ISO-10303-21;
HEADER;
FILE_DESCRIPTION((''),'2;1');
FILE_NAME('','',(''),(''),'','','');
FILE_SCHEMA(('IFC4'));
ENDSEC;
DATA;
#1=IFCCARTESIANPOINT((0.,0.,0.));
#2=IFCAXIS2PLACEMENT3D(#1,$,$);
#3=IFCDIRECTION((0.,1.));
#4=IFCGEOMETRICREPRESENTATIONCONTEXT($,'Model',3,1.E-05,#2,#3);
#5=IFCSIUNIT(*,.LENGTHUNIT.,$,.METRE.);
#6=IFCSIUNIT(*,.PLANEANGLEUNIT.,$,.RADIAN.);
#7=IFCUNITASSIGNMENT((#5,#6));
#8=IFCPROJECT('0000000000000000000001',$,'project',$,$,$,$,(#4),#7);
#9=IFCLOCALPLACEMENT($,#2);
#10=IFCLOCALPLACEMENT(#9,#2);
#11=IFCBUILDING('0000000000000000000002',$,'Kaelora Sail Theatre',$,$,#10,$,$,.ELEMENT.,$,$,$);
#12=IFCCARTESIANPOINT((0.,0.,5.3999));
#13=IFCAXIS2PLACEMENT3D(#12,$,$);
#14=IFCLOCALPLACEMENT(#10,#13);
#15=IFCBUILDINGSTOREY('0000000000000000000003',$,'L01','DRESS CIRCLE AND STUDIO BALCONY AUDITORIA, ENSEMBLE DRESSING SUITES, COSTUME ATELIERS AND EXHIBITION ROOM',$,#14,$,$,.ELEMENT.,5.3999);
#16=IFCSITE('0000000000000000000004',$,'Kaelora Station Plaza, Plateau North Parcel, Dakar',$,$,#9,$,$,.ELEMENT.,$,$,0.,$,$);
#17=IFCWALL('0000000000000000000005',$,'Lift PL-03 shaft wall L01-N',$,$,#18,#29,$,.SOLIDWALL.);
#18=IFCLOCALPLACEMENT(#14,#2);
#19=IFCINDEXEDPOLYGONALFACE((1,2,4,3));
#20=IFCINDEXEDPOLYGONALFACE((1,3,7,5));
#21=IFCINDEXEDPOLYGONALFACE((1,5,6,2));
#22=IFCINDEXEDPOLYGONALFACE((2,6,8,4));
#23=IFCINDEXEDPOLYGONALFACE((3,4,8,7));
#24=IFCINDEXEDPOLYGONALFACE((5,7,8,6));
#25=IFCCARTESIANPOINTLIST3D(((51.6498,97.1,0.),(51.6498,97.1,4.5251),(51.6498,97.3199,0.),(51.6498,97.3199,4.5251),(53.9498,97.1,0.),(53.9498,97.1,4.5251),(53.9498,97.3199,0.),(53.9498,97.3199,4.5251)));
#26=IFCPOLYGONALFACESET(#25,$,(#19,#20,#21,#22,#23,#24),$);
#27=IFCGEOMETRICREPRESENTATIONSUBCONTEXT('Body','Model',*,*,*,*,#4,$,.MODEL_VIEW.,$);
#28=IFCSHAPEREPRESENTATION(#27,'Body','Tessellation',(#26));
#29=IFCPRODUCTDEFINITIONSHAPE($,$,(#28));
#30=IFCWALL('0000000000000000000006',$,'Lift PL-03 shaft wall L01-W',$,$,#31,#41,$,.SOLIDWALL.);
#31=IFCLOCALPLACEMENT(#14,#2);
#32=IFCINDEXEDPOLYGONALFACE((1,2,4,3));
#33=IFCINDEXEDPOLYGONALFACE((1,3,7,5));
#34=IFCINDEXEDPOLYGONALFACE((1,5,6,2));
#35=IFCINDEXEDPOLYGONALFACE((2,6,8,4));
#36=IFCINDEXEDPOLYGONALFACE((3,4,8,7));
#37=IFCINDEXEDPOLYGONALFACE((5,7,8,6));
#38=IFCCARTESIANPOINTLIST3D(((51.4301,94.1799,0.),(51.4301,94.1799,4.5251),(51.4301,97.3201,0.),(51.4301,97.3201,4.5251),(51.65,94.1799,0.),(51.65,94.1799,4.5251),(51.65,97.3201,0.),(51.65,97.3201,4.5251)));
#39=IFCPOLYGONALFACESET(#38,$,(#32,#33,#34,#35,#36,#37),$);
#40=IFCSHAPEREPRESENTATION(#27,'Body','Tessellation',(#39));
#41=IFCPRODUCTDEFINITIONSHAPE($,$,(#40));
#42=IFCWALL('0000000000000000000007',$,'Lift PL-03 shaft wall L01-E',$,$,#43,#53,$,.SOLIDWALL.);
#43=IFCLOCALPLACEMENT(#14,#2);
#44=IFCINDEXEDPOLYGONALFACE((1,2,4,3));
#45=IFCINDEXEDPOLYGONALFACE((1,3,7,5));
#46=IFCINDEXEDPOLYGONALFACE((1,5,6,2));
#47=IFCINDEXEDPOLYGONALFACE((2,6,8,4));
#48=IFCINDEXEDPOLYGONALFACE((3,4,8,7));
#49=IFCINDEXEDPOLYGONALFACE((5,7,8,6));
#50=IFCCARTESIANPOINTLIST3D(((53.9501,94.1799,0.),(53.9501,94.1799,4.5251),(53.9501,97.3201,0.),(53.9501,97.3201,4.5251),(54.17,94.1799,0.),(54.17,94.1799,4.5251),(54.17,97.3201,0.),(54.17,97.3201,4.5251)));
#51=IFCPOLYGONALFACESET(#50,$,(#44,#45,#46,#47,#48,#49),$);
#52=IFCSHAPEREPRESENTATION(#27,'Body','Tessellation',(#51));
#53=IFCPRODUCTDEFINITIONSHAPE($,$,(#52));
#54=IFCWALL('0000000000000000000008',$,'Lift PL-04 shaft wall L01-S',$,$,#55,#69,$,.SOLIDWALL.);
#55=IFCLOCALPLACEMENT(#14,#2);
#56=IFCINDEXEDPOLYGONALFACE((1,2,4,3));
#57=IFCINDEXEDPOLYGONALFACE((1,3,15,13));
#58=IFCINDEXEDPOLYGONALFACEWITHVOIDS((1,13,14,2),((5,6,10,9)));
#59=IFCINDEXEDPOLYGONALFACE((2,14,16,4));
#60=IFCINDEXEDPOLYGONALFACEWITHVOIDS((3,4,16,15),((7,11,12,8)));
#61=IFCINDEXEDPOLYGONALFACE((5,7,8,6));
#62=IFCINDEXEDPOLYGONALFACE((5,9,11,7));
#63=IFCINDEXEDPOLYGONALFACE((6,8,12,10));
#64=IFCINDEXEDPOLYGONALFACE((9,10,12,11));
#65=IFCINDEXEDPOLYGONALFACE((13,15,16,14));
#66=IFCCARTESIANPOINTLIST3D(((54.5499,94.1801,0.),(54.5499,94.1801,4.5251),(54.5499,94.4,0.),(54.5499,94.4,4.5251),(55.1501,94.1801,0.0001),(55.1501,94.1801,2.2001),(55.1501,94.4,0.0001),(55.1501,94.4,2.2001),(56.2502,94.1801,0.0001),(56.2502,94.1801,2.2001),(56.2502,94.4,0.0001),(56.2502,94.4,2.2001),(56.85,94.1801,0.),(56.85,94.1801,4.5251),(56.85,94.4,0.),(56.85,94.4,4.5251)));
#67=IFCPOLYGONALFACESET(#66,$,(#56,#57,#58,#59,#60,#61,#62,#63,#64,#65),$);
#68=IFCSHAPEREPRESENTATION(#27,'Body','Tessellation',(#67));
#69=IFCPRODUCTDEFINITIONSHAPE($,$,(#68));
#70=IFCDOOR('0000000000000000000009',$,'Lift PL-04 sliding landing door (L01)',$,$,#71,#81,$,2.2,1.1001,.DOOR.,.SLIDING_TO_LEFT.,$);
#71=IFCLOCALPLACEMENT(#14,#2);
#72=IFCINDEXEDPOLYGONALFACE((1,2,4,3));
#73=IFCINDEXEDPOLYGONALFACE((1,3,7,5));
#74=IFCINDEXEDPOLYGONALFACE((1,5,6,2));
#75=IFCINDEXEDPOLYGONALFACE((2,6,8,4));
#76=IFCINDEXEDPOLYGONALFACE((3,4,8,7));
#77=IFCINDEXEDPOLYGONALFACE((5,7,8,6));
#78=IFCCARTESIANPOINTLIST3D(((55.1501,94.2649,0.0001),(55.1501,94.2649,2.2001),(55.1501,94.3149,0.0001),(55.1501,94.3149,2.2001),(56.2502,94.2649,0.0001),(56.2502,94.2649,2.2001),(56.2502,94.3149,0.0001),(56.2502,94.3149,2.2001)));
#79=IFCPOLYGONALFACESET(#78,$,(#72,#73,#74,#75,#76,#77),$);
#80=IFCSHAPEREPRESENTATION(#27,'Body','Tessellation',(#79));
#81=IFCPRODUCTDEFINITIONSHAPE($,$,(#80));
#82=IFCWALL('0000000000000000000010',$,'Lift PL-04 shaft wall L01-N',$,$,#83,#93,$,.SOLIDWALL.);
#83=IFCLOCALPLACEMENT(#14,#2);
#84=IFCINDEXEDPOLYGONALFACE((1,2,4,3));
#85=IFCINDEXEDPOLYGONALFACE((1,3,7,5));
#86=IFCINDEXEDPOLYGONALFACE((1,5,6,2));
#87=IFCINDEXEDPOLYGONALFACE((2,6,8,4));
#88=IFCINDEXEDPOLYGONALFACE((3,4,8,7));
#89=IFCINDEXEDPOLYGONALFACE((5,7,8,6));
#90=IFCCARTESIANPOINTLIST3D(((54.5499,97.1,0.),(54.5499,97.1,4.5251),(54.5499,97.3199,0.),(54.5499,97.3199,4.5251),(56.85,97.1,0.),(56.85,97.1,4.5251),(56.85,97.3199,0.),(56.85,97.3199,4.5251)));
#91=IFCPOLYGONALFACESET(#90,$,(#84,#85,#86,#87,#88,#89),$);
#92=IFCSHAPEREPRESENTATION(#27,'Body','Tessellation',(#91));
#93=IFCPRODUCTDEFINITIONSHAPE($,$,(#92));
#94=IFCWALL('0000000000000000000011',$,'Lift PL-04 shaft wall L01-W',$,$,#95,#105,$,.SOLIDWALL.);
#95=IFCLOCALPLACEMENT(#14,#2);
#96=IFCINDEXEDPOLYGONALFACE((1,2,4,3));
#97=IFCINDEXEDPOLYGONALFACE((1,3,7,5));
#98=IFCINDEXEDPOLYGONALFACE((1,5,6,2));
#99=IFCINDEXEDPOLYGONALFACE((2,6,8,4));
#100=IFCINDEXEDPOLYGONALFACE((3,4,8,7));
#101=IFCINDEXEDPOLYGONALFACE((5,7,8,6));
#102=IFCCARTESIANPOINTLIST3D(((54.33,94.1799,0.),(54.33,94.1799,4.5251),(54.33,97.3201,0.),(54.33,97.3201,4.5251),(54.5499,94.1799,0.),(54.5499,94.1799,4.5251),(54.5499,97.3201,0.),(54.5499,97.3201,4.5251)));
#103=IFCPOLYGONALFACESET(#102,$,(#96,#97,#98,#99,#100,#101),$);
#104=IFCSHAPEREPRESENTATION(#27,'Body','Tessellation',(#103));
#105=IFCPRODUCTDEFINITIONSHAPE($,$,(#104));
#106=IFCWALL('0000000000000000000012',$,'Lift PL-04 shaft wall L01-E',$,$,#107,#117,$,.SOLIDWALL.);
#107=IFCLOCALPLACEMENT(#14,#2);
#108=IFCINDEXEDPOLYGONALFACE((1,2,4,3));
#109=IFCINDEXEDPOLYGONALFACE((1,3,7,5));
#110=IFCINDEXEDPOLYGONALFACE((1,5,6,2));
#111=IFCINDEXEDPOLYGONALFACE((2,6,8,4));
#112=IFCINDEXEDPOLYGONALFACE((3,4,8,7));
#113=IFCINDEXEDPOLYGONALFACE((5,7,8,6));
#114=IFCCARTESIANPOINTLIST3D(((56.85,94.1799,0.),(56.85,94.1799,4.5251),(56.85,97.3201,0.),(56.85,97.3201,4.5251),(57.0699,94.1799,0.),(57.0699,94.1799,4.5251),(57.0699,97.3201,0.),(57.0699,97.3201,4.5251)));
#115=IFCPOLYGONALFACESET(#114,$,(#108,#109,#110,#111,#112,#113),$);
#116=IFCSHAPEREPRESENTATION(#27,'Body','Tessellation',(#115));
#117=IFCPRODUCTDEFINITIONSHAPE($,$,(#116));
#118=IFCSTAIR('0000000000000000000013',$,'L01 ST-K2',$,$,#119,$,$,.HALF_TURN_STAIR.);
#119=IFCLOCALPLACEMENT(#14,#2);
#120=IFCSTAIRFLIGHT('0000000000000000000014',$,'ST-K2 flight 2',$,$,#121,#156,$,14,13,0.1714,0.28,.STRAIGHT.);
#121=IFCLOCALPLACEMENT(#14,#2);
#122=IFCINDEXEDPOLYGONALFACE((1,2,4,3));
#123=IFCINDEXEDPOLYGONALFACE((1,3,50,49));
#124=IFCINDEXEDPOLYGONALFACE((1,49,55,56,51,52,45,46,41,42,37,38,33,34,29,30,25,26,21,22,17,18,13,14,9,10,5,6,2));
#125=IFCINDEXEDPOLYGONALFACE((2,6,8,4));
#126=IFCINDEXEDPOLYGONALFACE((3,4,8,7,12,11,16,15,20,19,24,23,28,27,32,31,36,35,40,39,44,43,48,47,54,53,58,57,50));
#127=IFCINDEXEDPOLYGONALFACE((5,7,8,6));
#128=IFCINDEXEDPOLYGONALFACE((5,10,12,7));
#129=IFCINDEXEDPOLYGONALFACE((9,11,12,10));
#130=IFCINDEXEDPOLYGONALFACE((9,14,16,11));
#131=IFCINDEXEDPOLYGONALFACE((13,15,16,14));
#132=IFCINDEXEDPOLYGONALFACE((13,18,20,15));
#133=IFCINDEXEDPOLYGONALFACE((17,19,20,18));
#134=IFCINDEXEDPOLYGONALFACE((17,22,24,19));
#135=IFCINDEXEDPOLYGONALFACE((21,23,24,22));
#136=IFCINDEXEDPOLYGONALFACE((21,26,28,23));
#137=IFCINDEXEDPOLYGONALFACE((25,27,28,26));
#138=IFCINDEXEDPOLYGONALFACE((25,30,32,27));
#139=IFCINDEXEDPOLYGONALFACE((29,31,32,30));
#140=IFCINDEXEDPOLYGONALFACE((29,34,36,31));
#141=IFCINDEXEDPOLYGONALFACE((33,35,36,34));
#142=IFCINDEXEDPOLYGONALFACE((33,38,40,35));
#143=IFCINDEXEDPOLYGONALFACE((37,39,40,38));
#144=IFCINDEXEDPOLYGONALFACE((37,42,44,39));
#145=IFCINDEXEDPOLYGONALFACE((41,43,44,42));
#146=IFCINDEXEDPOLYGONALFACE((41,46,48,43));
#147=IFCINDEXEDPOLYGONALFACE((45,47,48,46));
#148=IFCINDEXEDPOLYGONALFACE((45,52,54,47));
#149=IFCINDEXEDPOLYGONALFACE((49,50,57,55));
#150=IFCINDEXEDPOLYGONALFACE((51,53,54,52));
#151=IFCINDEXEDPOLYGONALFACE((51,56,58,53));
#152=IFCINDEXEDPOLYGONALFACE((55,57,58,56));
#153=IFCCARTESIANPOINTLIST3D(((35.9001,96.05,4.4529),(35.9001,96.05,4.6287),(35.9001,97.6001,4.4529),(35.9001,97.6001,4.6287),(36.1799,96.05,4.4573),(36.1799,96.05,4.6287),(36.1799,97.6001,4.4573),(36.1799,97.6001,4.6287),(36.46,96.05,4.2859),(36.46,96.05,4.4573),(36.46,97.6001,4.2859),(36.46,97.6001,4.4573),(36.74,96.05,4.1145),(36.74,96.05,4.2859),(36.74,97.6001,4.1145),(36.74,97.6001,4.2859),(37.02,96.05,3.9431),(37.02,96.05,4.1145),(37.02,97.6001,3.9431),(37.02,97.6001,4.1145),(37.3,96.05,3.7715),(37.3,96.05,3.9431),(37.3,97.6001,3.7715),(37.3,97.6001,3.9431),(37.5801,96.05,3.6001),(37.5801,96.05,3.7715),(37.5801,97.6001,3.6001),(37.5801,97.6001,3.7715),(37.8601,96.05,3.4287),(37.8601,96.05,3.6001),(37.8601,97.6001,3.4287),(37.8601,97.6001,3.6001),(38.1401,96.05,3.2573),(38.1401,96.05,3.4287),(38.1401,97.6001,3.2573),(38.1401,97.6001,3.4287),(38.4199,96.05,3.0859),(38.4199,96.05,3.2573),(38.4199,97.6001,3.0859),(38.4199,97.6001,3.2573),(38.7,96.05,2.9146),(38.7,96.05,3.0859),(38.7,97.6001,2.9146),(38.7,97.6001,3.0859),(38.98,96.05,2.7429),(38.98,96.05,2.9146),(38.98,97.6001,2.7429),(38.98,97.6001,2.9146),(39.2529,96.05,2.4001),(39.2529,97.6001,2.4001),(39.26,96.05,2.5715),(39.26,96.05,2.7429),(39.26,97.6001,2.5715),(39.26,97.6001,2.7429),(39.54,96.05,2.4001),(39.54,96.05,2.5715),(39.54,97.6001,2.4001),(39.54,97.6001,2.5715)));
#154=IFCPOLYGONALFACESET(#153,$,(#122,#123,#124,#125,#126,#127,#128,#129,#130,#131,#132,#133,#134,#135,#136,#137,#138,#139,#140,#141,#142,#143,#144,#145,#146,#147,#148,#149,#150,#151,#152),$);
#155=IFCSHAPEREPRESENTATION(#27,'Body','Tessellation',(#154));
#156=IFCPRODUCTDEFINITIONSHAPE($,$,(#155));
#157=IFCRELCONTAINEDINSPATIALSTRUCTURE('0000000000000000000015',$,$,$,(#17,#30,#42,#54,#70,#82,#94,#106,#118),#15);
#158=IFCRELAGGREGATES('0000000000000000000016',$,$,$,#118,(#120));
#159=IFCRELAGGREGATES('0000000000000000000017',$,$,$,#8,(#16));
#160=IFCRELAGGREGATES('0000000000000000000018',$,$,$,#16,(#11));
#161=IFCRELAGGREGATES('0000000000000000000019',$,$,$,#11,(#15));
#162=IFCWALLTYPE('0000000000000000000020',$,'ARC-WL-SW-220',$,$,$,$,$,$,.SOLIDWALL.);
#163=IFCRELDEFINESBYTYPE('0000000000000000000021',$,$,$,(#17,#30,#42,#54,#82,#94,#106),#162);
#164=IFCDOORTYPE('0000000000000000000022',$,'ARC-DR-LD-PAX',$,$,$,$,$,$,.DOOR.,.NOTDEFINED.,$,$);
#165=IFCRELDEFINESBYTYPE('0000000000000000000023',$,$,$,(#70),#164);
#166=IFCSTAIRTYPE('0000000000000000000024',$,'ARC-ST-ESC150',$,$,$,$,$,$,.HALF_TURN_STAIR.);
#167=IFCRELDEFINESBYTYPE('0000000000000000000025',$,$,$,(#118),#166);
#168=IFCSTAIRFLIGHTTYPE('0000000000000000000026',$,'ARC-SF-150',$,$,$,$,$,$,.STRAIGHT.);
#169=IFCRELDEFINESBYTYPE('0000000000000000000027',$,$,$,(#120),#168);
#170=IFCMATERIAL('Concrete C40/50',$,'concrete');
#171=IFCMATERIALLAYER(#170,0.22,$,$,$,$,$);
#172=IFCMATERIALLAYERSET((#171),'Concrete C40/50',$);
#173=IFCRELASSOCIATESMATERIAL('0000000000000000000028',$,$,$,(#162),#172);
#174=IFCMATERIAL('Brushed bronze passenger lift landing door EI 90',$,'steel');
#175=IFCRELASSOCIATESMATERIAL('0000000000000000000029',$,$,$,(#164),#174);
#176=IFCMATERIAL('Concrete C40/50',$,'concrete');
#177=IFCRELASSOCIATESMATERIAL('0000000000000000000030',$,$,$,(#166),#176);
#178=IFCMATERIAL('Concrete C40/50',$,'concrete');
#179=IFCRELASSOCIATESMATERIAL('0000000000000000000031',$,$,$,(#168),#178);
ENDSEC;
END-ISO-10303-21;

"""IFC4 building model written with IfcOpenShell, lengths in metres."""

from ifc_helpers import new_model, si_unit, direction, frame, frame_2d, origin, place, context, subcontext, project, spatial, polyline, rectangle, outline, extrude, material, layer, layer_set, type_object, element, fill, aggregate, save


model = new_model("IFC4")

# Units and contexts
model_context = context("Model", 3, precision=1e-05, world=origin(), true_north=direction((0.0, 1.0)))
body_context = subcontext(model_context, "Body", "Model", "MODEL_VIEW")
ifc_project = project(units=[si_unit("LENGTHUNIT", "METRE"), si_unit("PLANEANGLEUNIT", "RADIAN")], contexts=[model_context])

# Site, building, storey
site_placement = place(None, origin())
site = spatial("IfcSite", under=ifc_project, at=site_placement, Name="Kaelora Station Plaza, Plateau North Parcel, Dakar", CompositionType="ELEMENT", RefElevation=0.0)
building_placement = place(site_placement, origin())
building = spatial("IfcBuilding", under=site, at=building_placement, Name="Kaelora Sail Theatre", CompositionType="ELEMENT")
storey_placement = place(building_placement, frame((0.0, 0.0, 5.3999)))
storey = spatial("IfcBuildingStorey", under=building, at=storey_placement, Name="L01", Description="DRESS CIRCLE AND STUDIO BALCONY AUDITORIA, ENSEMBLE DRESSING SUITES, COSTUME ATELIERS AND EXHIBITION ROOM", CompositionType="ELEMENT", Elevation=5.3999)

# Shared definitions
ifc_material_1 = material(Name="Concrete C40/50", Category="concrete")
ifc_layer_1 = layer(ifc_material_1, 0.22)
ifc_layer_set_1 = layer_set([ifc_layer_1], Name="Concrete C40/50")
wall_type_1 = type_object("IfcWallType", Name="ARC-WL-SW-220", PredefinedType="SOLIDWALL", material=ifc_layer_set_1)
ifc_material_2 = material(Name="Brushed bronze passenger lift landing door EI 90", Category="steel")
door_type_1 = type_object("IfcDoorType", Name="ARC-DR-LD-PAX", OperationType="NOTDEFINED", PredefinedType="DOOR", material=ifc_material_2)

# Walls
wall_1_placement = place(storey_placement, frame((51.6499, 97.21, 0.0), z_axis=(0.0, 0.0, 1.0), x_axis=(1.0, 0.0, 0.0)))
element("IfcWall", 1, at=wall_1_placement, inside=storey, type_object=wall_type_1, Name="Lift PL-03 shaft wall L01-N", PredefinedType="SOLIDWALL", context=body_context, shape_type="SweptSolid", body=[
    extrude(rectangle(XDim=2.3, YDim=0.22, at=frame_2d((1.1499, 0.0))), origin(), (0.0, 0.0, 1.0), 4.5251),
])
for number, where, z_axis, x_axis, name in (
    (2, (51.54, 94.1799, 0.0), (0.0, 0.0, 1.0), (0.0, 1.0, 0.0), "Lift PL-03 shaft wall L01-W"),
    (3, (54.0601, 94.1799, 0.0), (0.0, 0.0, 1.0), (0.0, 1.0, 0.0), "Lift PL-03 shaft wall L01-E"),
):
    element("IfcWall", number, at=place(storey_placement, frame(where, z_axis=z_axis, x_axis=x_axis)), inside=storey, type_object=wall_type_1, Name=name, PredefinedType="SOLIDWALL", context=body_context, shape_type="SweptSolid", body=[
        extrude(rectangle(XDim=3.1401, YDim=0.22, at=frame_2d((1.5701, 0.0))), origin(), (0.0, 0.0, 1.0), 4.5251),
    ])

# Wall, opening, door
wall_2_placement = place(storey_placement, frame((54.55, 94.29, 0.0), z_axis=(0.0, 0.0, 1.0), x_axis=(1.0, 0.0, 0.0)))
wall_2 = element("IfcWall", 4, at=wall_2_placement, inside=storey, type_object=wall_type_1, Name="Lift PL-04 shaft wall L01-S", PredefinedType="SOLIDWALL", context=body_context, shape_type="SweptSolid", body=[
    extrude(rectangle(XDim=2.3, YDim=0.22, at=frame_2d((1.1499, 0.0))), origin(), (0.0, 0.0, 1.0), 4.5251),
])
opening_1_placement = place(wall_2_placement, frame((0.6001, 0.0, 0.0)))
opening_1 = element("IfcOpeningElement", 5, at=opening_1_placement, cuts=wall_2, PredefinedType="OPENING", context=body_context, shape_type="SweptSolid", body=[
    extrude(rectangle(XDim=1.1001, YDim=2.2, at=frame_2d((0.55, 1.1001))), frame((0.0, 0.1199, 0.0), z_axis=(0.0, -1.0, 0.0), x_axis=(1.0, 0.0, 0.0)), (0.0, 0.0, 1.0), 0.24),
])
door_1_placement = place(opening_1_placement, origin())
door_1 = element("IfcDoor", 6, at=door_1_placement, inside=storey, type_object=door_type_1, Name="Lift PL-04 sliding landing door (L01)", OperationType="SLIDING_TO_LEFT", OverallHeight=2.2, OverallWidth=1.1001, PredefinedType="DOOR", context=body_context, shape_type="SweptSolid", body=[
    extrude(rectangle(XDim=1.1001, YDim=2.2, at=frame_2d((0.55, 1.1001))), frame((0.0, 0.0249, 0.0), z_axis=(0.0, -1.0, 0.0), x_axis=(1.0, 0.0, 0.0)), (0.0, 0.0, 1.0), 0.05),
])
fill(opening_1, door_1)

# Walls
wall_3_placement = place(storey_placement, frame((54.55, 97.21, 0.0), z_axis=(0.0, 0.0, 1.0), x_axis=(1.0, 0.0, 0.0)))
element("IfcWall", 7, at=wall_3_placement, inside=storey, type_object=wall_type_1, Name="Lift PL-04 shaft wall L01-N", PredefinedType="SOLIDWALL", context=body_context, shape_type="SweptSolid", body=[
    extrude(rectangle(XDim=2.3, YDim=0.22, at=frame_2d((1.1499, 0.0))), origin(), (0.0, 0.0, 1.0), 4.5251),
])
for number, where, z_axis, x_axis, name in (
    (8, (54.4399, 94.1799, 0.0), (0.0, 0.0, 1.0), (0.0, 1.0, 0.0), "Lift PL-04 shaft wall L01-W"),
    (9, (56.96, 94.1799, 0.0), (0.0, 0.0, 1.0), (0.0, 1.0, 0.0), "Lift PL-04 shaft wall L01-E"),
):
    element("IfcWall", number, at=place(storey_placement, frame(where, z_axis=z_axis, x_axis=x_axis)), inside=storey, type_object=wall_type_1, Name=name, PredefinedType="SOLIDWALL", context=body_context, shape_type="SweptSolid", body=[
        extrude(rectangle(XDim=3.1401, YDim=0.22, at=frame_2d((1.5701, 0.0))), origin(), (0.0, 0.0, 1.0), 4.5251),
    ])

# Stair, stair flight
ifc_material_3 = material(Name="Concrete C40/50", Category="concrete")
stair_type = type_object("IfcStairType", Name="ARC-ST-ESC150", PredefinedType="HALF_TURN_STAIR", material=ifc_material_3)
stair_placement = place(storey_placement, origin())
stair = element("IfcStair", 10, at=stair_placement, inside=storey, type_object=stair_type, Name="L01 ST-K2", PredefinedType="HALF_TURN_STAIR")
ifc_material_4 = material(Name="Concrete C40/50", Category="concrete")
stair_flight_type = type_object("IfcStairFlightType", Name="ARC-SF-150", PredefinedType="STRAIGHT", material=ifc_material_4)
stair_flight_placement = place(storey_placement, frame((39.54, 96.825, 2.4001), z_axis=(0.0, 0.0, 1.0), x_axis=(-1.0, 0.0, 0.0)))
stair_flight = element("IfcStairFlight", 11, at=stair_flight_placement, type_object=stair_flight_type, Name="ST-K2 flight 2", NumberOfRisers=14, NumberOfTreads=13, PredefinedType="STRAIGHT", RiserHeight=0.1714, TreadLength=0.28, context=body_context, shape_type="SweptSolid", body=[
    extrude(outline(polyline([(0.0, 0.0), (0.0, 0.1714), (0.28, 0.1714), (0.28, 0.3428), (0.5601, 0.3428), (0.5601, 0.5144), (0.8401, 0.5144), (0.8401, 0.6858), (1.1201, 0.6858), (1.1201, 0.8572), (1.3999, 0.8572), (1.3999, 1.0286), (1.6799, 1.0286), (1.6799, 1.2), (1.96, 1.2), (1.96, 1.3713), (2.24, 1.3713), (2.24, 1.543), (2.52, 1.543), (2.52, 1.7144), (2.8, 1.7144), (2.8, 1.8857), (3.0801, 1.8857), (3.0801, 2.0571), (3.3601, 2.0571), (3.3601, 2.2285), (3.6399, 2.2285), (3.6399, 2.3999), (3.6399, 2.0527), (0.2871, 0.0), (0.0, 0.0)])), frame((0.0, 0.7749, 0.0), z_axis=(0.0, -1.0, 0.0), x_axis=(1.0, 0.0, 0.0)), (0.0, 0.0, 1.0), 1.55),
])
aggregate(stair, [stair_flight])

save(model, "model.ifc")
